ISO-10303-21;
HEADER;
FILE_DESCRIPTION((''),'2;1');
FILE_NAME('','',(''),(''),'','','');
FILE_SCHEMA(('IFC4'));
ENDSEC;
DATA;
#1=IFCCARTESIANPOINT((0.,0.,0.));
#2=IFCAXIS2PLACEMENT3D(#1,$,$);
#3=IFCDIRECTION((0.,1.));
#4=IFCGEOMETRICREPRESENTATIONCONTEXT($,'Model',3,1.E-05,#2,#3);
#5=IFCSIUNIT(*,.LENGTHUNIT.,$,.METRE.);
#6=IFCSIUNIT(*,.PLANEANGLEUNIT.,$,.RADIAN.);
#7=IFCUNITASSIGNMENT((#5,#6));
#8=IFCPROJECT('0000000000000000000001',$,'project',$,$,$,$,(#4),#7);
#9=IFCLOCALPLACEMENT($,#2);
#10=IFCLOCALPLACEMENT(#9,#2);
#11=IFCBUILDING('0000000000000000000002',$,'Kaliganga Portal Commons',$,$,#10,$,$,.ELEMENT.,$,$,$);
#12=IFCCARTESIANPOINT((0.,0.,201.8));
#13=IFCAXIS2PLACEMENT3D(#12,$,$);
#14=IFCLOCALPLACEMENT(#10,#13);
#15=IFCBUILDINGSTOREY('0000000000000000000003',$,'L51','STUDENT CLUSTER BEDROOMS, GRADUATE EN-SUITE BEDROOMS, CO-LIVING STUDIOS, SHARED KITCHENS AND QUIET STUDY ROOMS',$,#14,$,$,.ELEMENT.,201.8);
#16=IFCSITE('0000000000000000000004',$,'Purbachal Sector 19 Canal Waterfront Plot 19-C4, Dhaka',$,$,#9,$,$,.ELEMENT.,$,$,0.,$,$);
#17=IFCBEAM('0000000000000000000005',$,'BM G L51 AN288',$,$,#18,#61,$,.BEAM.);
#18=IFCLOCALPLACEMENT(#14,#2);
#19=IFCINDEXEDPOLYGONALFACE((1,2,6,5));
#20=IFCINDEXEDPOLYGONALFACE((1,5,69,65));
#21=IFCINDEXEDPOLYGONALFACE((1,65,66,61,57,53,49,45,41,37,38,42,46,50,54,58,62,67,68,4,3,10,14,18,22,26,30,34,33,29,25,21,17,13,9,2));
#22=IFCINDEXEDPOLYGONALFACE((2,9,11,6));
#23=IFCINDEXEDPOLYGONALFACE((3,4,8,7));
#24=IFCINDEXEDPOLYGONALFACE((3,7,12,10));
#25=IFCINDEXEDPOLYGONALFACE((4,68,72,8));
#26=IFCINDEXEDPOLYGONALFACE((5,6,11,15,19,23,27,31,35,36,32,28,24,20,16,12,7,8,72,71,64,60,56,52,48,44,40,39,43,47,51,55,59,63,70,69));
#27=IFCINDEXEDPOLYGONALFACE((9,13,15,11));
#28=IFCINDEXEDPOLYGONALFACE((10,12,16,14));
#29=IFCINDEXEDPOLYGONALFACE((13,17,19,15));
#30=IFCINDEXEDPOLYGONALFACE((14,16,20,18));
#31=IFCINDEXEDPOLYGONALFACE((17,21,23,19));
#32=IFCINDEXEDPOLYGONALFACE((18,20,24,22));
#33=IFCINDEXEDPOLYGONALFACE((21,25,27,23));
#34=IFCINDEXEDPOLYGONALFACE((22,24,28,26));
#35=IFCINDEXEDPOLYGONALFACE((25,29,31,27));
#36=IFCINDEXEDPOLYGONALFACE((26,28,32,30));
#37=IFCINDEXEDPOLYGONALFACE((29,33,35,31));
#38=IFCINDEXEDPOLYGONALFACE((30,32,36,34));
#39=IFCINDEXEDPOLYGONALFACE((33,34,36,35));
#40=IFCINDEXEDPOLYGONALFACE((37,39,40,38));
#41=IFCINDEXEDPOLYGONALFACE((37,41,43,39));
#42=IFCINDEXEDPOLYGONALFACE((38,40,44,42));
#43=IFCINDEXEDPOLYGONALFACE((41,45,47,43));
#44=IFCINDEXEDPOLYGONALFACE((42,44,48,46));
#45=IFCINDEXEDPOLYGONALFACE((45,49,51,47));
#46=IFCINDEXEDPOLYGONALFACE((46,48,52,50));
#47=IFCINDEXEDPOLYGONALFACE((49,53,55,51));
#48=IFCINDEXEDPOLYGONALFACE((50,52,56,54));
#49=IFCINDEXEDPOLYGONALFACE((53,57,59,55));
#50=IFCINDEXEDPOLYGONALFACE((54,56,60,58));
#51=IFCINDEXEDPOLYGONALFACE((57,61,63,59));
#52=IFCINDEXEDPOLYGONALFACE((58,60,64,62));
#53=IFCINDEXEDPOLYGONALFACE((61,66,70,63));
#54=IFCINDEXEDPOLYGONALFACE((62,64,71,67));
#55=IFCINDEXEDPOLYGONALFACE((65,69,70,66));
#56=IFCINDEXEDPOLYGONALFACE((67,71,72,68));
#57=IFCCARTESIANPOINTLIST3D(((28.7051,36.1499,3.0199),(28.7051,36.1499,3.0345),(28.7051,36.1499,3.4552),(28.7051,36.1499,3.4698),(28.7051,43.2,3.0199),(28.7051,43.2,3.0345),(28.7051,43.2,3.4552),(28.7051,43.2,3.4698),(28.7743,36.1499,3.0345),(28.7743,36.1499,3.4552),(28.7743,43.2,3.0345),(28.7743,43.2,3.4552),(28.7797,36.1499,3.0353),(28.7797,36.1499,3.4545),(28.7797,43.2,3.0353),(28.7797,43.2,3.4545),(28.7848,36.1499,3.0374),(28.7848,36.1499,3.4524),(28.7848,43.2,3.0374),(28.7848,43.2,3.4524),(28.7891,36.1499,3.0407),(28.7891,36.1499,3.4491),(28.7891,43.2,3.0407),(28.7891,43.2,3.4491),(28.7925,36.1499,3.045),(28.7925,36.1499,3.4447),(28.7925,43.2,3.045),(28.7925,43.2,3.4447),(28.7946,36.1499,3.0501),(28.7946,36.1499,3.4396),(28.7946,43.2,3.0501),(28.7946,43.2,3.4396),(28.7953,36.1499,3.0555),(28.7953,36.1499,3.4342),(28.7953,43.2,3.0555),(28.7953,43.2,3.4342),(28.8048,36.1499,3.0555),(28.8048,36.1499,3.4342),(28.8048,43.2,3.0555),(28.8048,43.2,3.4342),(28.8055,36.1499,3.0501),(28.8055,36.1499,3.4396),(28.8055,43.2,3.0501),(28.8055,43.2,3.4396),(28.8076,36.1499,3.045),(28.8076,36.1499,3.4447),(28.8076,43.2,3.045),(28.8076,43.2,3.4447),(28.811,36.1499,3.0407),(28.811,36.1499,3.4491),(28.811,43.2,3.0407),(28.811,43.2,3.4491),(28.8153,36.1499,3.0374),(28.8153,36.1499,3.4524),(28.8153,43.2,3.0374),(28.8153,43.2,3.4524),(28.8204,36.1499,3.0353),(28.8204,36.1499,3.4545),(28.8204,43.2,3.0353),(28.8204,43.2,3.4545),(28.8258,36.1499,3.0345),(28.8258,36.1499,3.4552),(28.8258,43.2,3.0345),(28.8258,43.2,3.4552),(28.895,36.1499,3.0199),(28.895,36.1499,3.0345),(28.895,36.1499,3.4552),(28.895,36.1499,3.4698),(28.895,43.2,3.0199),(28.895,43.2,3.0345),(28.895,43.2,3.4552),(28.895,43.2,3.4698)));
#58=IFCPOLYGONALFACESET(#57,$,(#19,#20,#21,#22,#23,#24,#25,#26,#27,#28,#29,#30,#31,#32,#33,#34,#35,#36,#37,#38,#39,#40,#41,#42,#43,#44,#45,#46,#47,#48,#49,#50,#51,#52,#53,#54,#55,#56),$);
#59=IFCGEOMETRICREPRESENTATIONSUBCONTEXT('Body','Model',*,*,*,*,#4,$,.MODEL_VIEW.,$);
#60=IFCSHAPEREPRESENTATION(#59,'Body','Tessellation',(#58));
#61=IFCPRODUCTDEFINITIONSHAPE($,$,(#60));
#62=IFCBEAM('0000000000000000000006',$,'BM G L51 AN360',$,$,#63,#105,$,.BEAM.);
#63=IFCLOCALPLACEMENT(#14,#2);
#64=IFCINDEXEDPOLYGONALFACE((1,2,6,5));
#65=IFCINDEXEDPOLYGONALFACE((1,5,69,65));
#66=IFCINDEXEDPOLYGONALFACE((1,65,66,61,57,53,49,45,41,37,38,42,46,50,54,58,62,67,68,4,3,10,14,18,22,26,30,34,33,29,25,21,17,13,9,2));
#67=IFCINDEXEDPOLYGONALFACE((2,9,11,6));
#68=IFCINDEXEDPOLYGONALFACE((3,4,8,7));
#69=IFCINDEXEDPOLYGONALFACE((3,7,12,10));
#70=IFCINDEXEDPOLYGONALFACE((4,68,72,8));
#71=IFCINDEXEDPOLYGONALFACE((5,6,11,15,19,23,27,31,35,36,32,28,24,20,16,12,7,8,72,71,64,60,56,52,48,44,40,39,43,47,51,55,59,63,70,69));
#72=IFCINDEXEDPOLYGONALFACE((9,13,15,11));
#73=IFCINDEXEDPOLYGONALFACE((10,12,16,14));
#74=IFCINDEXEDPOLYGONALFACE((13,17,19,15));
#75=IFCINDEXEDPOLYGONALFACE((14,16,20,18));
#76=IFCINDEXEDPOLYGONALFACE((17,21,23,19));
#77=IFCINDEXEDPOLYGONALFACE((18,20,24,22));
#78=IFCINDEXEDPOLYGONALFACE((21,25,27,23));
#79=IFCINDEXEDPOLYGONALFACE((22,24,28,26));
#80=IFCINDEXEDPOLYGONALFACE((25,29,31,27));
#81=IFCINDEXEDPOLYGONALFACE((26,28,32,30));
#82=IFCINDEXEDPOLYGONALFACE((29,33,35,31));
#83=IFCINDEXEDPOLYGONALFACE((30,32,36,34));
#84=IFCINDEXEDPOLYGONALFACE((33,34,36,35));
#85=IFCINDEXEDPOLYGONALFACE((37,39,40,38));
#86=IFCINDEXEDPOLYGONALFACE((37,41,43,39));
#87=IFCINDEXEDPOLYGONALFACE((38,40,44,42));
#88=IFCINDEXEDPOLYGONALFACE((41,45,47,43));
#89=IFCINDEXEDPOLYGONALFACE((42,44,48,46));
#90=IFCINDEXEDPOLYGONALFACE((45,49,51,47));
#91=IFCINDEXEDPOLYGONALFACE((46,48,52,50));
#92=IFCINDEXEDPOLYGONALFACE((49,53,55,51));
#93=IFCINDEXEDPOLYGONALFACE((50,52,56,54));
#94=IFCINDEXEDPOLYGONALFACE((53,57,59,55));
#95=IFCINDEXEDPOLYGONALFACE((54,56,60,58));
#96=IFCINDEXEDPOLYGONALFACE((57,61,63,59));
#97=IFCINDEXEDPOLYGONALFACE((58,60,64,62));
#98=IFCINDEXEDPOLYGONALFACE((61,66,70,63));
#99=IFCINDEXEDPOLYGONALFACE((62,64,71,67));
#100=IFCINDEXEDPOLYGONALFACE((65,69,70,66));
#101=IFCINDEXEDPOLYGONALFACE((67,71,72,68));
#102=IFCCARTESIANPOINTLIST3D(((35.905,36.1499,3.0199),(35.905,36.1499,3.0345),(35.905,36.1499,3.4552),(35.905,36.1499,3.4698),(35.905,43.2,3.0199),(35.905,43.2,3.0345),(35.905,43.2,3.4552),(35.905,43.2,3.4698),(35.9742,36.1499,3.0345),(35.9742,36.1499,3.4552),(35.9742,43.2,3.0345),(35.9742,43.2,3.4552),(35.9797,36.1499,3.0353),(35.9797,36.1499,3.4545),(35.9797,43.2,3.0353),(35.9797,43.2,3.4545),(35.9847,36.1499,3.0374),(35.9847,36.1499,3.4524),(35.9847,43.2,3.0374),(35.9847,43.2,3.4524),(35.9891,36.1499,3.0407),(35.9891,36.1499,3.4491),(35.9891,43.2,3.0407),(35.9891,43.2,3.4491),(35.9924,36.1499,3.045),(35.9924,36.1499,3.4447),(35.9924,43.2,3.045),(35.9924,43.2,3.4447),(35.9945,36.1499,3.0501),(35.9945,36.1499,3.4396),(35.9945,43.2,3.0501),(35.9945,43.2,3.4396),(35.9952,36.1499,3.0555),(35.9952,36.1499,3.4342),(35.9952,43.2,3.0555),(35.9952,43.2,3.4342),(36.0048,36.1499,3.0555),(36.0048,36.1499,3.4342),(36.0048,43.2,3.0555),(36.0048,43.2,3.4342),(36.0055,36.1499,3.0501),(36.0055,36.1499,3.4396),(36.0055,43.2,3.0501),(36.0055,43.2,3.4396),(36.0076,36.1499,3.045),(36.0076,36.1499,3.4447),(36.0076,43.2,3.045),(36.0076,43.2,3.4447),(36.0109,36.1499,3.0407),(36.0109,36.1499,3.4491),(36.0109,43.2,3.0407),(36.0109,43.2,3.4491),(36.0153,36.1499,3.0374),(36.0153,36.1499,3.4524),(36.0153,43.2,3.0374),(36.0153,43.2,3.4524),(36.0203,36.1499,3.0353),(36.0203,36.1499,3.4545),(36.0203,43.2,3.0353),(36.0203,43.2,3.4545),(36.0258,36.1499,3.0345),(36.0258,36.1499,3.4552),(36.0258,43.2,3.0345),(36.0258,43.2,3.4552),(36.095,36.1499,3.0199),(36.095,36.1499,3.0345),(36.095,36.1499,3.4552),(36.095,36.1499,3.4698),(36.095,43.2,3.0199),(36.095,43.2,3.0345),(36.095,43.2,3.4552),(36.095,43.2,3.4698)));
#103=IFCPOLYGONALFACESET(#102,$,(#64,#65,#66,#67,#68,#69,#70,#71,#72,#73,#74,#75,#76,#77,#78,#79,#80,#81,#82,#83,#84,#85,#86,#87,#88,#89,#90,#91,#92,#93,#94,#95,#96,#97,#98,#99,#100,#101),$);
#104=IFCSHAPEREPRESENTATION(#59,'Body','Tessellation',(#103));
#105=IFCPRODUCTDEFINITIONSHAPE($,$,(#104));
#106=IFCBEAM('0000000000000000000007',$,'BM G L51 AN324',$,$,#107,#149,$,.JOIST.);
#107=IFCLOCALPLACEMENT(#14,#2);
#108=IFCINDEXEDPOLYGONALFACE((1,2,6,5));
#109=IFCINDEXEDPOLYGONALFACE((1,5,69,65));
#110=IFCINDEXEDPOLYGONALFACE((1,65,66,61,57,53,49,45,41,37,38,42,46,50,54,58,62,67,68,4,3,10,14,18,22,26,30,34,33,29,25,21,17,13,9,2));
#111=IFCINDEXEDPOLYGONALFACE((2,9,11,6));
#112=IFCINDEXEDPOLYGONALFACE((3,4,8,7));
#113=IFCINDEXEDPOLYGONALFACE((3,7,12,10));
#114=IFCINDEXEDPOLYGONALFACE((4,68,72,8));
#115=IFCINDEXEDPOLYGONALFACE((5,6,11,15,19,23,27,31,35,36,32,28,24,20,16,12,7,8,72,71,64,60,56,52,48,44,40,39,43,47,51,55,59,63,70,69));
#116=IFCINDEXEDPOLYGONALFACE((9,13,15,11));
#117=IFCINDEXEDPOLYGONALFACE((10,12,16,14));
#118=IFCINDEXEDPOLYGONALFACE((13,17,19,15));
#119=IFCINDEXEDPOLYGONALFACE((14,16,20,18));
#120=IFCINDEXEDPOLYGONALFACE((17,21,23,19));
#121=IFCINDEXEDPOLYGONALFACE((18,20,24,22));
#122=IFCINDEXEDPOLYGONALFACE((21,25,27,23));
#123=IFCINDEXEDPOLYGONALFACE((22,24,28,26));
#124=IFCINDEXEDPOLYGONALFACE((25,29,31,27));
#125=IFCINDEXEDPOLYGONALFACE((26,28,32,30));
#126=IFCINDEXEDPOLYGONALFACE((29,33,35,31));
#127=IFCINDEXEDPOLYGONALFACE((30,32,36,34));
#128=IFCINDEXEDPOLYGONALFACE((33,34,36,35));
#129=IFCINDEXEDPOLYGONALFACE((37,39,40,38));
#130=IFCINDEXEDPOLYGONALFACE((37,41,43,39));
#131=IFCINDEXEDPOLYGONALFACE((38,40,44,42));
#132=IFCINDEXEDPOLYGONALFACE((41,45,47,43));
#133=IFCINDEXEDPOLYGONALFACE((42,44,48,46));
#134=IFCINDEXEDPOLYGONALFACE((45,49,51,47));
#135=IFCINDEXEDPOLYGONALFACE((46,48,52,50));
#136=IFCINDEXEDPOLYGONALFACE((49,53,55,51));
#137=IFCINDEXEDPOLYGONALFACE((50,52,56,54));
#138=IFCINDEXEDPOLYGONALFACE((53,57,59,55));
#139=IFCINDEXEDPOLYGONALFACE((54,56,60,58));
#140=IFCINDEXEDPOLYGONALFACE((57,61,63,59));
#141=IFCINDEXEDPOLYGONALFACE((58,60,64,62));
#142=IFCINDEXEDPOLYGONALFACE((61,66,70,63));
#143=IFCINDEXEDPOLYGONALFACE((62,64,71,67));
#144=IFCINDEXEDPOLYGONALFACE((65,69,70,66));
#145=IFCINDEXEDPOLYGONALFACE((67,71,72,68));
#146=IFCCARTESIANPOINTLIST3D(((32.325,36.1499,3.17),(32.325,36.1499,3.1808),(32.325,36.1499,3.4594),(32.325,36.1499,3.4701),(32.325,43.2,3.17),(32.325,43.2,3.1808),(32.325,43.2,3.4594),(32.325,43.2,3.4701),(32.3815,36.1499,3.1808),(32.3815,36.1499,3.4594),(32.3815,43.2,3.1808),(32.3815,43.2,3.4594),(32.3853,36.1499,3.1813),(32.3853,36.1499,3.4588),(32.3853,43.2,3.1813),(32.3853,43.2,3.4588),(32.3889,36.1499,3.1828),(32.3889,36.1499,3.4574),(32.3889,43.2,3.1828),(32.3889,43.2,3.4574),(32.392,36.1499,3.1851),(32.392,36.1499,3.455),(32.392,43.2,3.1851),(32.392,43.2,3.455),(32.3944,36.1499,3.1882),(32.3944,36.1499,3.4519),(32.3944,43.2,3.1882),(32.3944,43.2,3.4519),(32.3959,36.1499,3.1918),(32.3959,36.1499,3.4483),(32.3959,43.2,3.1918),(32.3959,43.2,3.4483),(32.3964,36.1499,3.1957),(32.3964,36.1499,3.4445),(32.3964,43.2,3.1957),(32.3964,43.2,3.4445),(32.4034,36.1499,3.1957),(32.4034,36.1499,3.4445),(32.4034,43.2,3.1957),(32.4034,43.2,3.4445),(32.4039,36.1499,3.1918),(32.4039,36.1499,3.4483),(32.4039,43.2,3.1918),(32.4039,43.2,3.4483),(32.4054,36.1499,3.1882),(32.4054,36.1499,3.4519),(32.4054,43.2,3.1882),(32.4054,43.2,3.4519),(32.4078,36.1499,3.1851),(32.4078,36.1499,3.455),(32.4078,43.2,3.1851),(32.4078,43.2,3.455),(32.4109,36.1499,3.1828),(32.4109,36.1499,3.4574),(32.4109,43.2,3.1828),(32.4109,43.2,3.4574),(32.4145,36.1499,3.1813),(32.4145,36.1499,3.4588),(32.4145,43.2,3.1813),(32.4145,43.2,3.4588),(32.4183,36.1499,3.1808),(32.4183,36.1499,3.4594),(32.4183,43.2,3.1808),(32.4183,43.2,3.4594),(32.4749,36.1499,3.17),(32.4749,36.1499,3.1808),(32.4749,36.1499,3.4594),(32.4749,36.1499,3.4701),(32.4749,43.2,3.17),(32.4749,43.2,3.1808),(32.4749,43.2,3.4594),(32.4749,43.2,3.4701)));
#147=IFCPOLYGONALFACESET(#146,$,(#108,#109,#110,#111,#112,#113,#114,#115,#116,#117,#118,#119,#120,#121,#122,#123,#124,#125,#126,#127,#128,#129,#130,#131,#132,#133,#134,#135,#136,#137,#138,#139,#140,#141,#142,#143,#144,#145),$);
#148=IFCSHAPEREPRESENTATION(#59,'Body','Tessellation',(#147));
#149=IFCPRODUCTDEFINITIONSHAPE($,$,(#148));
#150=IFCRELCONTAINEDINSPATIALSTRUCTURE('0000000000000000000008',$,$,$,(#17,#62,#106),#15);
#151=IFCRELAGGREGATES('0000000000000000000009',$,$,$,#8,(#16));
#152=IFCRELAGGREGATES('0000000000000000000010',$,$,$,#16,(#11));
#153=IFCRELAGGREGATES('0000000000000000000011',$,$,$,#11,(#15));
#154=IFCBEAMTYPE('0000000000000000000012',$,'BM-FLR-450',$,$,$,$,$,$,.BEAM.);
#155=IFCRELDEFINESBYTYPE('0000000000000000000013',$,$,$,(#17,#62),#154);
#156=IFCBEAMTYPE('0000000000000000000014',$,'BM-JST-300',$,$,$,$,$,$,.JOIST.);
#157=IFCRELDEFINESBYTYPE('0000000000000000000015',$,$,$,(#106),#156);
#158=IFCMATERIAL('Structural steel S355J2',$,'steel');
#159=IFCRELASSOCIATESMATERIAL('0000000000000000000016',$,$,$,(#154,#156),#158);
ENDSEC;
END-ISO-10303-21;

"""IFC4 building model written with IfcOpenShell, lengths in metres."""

from ifc_helpers import new_model, si_unit, direction, frame, origin, origin_2d, place, context, subcontext, project, spatial, i_section, extrude, source, transform, mapped, material, material_profile, profile_set, type_object, element, save


model = new_model("IFC4")

# Units and contexts
model_context = context("Model", 3, precision=1e-05, world=origin(), true_north=direction((0.0, 1.0)))
body_context = subcontext(model_context, "Body", "Model", "MODEL_VIEW")
ifc_project = project(units=[si_unit("LENGTHUNIT", "METRE"), si_unit("PLANEANGLEUNIT", "RADIAN")], contexts=[model_context])

# Site, building, storey
site_placement = place(None, origin())
site = spatial("IfcSite", under=ifc_project, at=site_placement, Name="Purbachal Sector 19 Canal Waterfront Plot 19-C4, Dhaka", CompositionType="ELEMENT", RefElevation=0.0)
building_placement = place(site_placement, origin())
building = spatial("IfcBuilding", under=site, at=building_placement, Name="Kaliganga Portal Commons", CompositionType="ELEMENT")
storey_placement = place(building_placement, frame((0.0, 0.0, 201.8)))
storey = spatial("IfcBuildingStorey", under=building, at=storey_placement, Name="L51", Description="STUDENT CLUSTER BEDROOMS, GRADUATE EN-SUITE BEDROOMS, CO-LIVING STUDIOS, SHARED KITCHENS AND QUIET STUDY ROOMS", CompositionType="ELEMENT", Elevation=201.8)

# Shared definitions
ifc_material_1 = material(Name="Structural steel S355J2", Category="steel")

# Beams
ifc_material_profile_1 = material_profile(ifc_material_1, i_section(OverallWidth=0.1899, OverallDepth=0.45, WebThickness=0.0095, FlangeThickness=0.0146, FilletRadius=0.021, at=origin_2d()), Name="IPE 450")
ifc_profile_set_1 = profile_set([ifc_material_profile_1], Name="Structural steel S355J2 wide-flange")
beam_type_1 = type_object("IfcBeamType", Name="BM-FLR-450", PredefinedType="BEAM", material=ifc_profile_set_1)
shared_shape_1 = source(origin(), body_context, "Body", "SweptSolid", [
    extrude(i_section(OverallWidth=0.1899, OverallDepth=0.45, WebThickness=0.0095, FlangeThickness=0.0146, FilletRadius=0.021, at=origin_2d()), origin(), (0.0, 0.0, 1.0), 7.05),
])
for number, where, z_axis, x_axis, name in (
    (1, (28.8, 36.1499, 3.2449), (0.0, 1.0, 0.0), (-1.0, 0.0, 0.0), "BM G L51 AN288"),
    (2, (36.0, 36.1499, 3.2449), (0.0, 1.0, 0.0), (-1.0, 0.0, 0.0), "BM G L51 AN360"),
):
    element("IfcBeam", number, at=place(storey_placement, frame(where, z_axis=z_axis, x_axis=x_axis)), inside=storey, type_object=beam_type_1, Name=name, PredefinedType="BEAM", context=body_context, shape_type="MappedRepresentation", body=[
        mapped(shared_shape_1, transform((0.0, 0.0, 0.0), x_axis=(1.0, 0.0, 0.0), y_axis=(0.0, 1.0, 0.0), z_axis=(0.0, 0.0, 1.0), scale=1.0)),
    ])
ifc_material_profile_2 = material_profile(ifc_material_1, i_section(OverallWidth=0.1499, OverallDepth=0.3, WebThickness=0.0071, FlangeThickness=0.0107, FilletRadius=0.0149, at=origin_2d()), Name="IPE 300")
ifc_profile_set_2 = profile_set([ifc_material_profile_2], Name="Structural steel S355J2 wide-flange")
beam_type_2 = type_object("IfcBeamType", Name="BM-JST-300", PredefinedType="JOIST", material=ifc_profile_set_2)
shared_shape_2 = source(origin(), body_context, "Body", "SweptSolid", [
    extrude(i_section(OverallWidth=0.1499, OverallDepth=0.3, WebThickness=0.0071, FlangeThickness=0.0107, FilletRadius=0.0149, at=origin_2d()), origin(), (0.0, 0.0, 1.0), 7.05),
])
beam_1_placement = place(storey_placement, frame((32.3999, 36.1499, 3.3201), z_axis=(0.0, 1.0, 0.0), x_axis=(-1.0, 0.0, 0.0)))
element("IfcBeam", 3, at=beam_1_placement, inside=storey, type_object=beam_type_2, Name="BM G L51 AN324", PredefinedType="JOIST", context=body_context, shape_type="MappedRepresentation", body=[
    mapped(shared_shape_2, transform((0.0, 0.0, 0.0), x_axis=(1.0, 0.0, 0.0), y_axis=(0.0, 1.0, 0.0), z_axis=(0.0, 0.0, 1.0), scale=1.0)),
])

save(model, "model.ifc")
